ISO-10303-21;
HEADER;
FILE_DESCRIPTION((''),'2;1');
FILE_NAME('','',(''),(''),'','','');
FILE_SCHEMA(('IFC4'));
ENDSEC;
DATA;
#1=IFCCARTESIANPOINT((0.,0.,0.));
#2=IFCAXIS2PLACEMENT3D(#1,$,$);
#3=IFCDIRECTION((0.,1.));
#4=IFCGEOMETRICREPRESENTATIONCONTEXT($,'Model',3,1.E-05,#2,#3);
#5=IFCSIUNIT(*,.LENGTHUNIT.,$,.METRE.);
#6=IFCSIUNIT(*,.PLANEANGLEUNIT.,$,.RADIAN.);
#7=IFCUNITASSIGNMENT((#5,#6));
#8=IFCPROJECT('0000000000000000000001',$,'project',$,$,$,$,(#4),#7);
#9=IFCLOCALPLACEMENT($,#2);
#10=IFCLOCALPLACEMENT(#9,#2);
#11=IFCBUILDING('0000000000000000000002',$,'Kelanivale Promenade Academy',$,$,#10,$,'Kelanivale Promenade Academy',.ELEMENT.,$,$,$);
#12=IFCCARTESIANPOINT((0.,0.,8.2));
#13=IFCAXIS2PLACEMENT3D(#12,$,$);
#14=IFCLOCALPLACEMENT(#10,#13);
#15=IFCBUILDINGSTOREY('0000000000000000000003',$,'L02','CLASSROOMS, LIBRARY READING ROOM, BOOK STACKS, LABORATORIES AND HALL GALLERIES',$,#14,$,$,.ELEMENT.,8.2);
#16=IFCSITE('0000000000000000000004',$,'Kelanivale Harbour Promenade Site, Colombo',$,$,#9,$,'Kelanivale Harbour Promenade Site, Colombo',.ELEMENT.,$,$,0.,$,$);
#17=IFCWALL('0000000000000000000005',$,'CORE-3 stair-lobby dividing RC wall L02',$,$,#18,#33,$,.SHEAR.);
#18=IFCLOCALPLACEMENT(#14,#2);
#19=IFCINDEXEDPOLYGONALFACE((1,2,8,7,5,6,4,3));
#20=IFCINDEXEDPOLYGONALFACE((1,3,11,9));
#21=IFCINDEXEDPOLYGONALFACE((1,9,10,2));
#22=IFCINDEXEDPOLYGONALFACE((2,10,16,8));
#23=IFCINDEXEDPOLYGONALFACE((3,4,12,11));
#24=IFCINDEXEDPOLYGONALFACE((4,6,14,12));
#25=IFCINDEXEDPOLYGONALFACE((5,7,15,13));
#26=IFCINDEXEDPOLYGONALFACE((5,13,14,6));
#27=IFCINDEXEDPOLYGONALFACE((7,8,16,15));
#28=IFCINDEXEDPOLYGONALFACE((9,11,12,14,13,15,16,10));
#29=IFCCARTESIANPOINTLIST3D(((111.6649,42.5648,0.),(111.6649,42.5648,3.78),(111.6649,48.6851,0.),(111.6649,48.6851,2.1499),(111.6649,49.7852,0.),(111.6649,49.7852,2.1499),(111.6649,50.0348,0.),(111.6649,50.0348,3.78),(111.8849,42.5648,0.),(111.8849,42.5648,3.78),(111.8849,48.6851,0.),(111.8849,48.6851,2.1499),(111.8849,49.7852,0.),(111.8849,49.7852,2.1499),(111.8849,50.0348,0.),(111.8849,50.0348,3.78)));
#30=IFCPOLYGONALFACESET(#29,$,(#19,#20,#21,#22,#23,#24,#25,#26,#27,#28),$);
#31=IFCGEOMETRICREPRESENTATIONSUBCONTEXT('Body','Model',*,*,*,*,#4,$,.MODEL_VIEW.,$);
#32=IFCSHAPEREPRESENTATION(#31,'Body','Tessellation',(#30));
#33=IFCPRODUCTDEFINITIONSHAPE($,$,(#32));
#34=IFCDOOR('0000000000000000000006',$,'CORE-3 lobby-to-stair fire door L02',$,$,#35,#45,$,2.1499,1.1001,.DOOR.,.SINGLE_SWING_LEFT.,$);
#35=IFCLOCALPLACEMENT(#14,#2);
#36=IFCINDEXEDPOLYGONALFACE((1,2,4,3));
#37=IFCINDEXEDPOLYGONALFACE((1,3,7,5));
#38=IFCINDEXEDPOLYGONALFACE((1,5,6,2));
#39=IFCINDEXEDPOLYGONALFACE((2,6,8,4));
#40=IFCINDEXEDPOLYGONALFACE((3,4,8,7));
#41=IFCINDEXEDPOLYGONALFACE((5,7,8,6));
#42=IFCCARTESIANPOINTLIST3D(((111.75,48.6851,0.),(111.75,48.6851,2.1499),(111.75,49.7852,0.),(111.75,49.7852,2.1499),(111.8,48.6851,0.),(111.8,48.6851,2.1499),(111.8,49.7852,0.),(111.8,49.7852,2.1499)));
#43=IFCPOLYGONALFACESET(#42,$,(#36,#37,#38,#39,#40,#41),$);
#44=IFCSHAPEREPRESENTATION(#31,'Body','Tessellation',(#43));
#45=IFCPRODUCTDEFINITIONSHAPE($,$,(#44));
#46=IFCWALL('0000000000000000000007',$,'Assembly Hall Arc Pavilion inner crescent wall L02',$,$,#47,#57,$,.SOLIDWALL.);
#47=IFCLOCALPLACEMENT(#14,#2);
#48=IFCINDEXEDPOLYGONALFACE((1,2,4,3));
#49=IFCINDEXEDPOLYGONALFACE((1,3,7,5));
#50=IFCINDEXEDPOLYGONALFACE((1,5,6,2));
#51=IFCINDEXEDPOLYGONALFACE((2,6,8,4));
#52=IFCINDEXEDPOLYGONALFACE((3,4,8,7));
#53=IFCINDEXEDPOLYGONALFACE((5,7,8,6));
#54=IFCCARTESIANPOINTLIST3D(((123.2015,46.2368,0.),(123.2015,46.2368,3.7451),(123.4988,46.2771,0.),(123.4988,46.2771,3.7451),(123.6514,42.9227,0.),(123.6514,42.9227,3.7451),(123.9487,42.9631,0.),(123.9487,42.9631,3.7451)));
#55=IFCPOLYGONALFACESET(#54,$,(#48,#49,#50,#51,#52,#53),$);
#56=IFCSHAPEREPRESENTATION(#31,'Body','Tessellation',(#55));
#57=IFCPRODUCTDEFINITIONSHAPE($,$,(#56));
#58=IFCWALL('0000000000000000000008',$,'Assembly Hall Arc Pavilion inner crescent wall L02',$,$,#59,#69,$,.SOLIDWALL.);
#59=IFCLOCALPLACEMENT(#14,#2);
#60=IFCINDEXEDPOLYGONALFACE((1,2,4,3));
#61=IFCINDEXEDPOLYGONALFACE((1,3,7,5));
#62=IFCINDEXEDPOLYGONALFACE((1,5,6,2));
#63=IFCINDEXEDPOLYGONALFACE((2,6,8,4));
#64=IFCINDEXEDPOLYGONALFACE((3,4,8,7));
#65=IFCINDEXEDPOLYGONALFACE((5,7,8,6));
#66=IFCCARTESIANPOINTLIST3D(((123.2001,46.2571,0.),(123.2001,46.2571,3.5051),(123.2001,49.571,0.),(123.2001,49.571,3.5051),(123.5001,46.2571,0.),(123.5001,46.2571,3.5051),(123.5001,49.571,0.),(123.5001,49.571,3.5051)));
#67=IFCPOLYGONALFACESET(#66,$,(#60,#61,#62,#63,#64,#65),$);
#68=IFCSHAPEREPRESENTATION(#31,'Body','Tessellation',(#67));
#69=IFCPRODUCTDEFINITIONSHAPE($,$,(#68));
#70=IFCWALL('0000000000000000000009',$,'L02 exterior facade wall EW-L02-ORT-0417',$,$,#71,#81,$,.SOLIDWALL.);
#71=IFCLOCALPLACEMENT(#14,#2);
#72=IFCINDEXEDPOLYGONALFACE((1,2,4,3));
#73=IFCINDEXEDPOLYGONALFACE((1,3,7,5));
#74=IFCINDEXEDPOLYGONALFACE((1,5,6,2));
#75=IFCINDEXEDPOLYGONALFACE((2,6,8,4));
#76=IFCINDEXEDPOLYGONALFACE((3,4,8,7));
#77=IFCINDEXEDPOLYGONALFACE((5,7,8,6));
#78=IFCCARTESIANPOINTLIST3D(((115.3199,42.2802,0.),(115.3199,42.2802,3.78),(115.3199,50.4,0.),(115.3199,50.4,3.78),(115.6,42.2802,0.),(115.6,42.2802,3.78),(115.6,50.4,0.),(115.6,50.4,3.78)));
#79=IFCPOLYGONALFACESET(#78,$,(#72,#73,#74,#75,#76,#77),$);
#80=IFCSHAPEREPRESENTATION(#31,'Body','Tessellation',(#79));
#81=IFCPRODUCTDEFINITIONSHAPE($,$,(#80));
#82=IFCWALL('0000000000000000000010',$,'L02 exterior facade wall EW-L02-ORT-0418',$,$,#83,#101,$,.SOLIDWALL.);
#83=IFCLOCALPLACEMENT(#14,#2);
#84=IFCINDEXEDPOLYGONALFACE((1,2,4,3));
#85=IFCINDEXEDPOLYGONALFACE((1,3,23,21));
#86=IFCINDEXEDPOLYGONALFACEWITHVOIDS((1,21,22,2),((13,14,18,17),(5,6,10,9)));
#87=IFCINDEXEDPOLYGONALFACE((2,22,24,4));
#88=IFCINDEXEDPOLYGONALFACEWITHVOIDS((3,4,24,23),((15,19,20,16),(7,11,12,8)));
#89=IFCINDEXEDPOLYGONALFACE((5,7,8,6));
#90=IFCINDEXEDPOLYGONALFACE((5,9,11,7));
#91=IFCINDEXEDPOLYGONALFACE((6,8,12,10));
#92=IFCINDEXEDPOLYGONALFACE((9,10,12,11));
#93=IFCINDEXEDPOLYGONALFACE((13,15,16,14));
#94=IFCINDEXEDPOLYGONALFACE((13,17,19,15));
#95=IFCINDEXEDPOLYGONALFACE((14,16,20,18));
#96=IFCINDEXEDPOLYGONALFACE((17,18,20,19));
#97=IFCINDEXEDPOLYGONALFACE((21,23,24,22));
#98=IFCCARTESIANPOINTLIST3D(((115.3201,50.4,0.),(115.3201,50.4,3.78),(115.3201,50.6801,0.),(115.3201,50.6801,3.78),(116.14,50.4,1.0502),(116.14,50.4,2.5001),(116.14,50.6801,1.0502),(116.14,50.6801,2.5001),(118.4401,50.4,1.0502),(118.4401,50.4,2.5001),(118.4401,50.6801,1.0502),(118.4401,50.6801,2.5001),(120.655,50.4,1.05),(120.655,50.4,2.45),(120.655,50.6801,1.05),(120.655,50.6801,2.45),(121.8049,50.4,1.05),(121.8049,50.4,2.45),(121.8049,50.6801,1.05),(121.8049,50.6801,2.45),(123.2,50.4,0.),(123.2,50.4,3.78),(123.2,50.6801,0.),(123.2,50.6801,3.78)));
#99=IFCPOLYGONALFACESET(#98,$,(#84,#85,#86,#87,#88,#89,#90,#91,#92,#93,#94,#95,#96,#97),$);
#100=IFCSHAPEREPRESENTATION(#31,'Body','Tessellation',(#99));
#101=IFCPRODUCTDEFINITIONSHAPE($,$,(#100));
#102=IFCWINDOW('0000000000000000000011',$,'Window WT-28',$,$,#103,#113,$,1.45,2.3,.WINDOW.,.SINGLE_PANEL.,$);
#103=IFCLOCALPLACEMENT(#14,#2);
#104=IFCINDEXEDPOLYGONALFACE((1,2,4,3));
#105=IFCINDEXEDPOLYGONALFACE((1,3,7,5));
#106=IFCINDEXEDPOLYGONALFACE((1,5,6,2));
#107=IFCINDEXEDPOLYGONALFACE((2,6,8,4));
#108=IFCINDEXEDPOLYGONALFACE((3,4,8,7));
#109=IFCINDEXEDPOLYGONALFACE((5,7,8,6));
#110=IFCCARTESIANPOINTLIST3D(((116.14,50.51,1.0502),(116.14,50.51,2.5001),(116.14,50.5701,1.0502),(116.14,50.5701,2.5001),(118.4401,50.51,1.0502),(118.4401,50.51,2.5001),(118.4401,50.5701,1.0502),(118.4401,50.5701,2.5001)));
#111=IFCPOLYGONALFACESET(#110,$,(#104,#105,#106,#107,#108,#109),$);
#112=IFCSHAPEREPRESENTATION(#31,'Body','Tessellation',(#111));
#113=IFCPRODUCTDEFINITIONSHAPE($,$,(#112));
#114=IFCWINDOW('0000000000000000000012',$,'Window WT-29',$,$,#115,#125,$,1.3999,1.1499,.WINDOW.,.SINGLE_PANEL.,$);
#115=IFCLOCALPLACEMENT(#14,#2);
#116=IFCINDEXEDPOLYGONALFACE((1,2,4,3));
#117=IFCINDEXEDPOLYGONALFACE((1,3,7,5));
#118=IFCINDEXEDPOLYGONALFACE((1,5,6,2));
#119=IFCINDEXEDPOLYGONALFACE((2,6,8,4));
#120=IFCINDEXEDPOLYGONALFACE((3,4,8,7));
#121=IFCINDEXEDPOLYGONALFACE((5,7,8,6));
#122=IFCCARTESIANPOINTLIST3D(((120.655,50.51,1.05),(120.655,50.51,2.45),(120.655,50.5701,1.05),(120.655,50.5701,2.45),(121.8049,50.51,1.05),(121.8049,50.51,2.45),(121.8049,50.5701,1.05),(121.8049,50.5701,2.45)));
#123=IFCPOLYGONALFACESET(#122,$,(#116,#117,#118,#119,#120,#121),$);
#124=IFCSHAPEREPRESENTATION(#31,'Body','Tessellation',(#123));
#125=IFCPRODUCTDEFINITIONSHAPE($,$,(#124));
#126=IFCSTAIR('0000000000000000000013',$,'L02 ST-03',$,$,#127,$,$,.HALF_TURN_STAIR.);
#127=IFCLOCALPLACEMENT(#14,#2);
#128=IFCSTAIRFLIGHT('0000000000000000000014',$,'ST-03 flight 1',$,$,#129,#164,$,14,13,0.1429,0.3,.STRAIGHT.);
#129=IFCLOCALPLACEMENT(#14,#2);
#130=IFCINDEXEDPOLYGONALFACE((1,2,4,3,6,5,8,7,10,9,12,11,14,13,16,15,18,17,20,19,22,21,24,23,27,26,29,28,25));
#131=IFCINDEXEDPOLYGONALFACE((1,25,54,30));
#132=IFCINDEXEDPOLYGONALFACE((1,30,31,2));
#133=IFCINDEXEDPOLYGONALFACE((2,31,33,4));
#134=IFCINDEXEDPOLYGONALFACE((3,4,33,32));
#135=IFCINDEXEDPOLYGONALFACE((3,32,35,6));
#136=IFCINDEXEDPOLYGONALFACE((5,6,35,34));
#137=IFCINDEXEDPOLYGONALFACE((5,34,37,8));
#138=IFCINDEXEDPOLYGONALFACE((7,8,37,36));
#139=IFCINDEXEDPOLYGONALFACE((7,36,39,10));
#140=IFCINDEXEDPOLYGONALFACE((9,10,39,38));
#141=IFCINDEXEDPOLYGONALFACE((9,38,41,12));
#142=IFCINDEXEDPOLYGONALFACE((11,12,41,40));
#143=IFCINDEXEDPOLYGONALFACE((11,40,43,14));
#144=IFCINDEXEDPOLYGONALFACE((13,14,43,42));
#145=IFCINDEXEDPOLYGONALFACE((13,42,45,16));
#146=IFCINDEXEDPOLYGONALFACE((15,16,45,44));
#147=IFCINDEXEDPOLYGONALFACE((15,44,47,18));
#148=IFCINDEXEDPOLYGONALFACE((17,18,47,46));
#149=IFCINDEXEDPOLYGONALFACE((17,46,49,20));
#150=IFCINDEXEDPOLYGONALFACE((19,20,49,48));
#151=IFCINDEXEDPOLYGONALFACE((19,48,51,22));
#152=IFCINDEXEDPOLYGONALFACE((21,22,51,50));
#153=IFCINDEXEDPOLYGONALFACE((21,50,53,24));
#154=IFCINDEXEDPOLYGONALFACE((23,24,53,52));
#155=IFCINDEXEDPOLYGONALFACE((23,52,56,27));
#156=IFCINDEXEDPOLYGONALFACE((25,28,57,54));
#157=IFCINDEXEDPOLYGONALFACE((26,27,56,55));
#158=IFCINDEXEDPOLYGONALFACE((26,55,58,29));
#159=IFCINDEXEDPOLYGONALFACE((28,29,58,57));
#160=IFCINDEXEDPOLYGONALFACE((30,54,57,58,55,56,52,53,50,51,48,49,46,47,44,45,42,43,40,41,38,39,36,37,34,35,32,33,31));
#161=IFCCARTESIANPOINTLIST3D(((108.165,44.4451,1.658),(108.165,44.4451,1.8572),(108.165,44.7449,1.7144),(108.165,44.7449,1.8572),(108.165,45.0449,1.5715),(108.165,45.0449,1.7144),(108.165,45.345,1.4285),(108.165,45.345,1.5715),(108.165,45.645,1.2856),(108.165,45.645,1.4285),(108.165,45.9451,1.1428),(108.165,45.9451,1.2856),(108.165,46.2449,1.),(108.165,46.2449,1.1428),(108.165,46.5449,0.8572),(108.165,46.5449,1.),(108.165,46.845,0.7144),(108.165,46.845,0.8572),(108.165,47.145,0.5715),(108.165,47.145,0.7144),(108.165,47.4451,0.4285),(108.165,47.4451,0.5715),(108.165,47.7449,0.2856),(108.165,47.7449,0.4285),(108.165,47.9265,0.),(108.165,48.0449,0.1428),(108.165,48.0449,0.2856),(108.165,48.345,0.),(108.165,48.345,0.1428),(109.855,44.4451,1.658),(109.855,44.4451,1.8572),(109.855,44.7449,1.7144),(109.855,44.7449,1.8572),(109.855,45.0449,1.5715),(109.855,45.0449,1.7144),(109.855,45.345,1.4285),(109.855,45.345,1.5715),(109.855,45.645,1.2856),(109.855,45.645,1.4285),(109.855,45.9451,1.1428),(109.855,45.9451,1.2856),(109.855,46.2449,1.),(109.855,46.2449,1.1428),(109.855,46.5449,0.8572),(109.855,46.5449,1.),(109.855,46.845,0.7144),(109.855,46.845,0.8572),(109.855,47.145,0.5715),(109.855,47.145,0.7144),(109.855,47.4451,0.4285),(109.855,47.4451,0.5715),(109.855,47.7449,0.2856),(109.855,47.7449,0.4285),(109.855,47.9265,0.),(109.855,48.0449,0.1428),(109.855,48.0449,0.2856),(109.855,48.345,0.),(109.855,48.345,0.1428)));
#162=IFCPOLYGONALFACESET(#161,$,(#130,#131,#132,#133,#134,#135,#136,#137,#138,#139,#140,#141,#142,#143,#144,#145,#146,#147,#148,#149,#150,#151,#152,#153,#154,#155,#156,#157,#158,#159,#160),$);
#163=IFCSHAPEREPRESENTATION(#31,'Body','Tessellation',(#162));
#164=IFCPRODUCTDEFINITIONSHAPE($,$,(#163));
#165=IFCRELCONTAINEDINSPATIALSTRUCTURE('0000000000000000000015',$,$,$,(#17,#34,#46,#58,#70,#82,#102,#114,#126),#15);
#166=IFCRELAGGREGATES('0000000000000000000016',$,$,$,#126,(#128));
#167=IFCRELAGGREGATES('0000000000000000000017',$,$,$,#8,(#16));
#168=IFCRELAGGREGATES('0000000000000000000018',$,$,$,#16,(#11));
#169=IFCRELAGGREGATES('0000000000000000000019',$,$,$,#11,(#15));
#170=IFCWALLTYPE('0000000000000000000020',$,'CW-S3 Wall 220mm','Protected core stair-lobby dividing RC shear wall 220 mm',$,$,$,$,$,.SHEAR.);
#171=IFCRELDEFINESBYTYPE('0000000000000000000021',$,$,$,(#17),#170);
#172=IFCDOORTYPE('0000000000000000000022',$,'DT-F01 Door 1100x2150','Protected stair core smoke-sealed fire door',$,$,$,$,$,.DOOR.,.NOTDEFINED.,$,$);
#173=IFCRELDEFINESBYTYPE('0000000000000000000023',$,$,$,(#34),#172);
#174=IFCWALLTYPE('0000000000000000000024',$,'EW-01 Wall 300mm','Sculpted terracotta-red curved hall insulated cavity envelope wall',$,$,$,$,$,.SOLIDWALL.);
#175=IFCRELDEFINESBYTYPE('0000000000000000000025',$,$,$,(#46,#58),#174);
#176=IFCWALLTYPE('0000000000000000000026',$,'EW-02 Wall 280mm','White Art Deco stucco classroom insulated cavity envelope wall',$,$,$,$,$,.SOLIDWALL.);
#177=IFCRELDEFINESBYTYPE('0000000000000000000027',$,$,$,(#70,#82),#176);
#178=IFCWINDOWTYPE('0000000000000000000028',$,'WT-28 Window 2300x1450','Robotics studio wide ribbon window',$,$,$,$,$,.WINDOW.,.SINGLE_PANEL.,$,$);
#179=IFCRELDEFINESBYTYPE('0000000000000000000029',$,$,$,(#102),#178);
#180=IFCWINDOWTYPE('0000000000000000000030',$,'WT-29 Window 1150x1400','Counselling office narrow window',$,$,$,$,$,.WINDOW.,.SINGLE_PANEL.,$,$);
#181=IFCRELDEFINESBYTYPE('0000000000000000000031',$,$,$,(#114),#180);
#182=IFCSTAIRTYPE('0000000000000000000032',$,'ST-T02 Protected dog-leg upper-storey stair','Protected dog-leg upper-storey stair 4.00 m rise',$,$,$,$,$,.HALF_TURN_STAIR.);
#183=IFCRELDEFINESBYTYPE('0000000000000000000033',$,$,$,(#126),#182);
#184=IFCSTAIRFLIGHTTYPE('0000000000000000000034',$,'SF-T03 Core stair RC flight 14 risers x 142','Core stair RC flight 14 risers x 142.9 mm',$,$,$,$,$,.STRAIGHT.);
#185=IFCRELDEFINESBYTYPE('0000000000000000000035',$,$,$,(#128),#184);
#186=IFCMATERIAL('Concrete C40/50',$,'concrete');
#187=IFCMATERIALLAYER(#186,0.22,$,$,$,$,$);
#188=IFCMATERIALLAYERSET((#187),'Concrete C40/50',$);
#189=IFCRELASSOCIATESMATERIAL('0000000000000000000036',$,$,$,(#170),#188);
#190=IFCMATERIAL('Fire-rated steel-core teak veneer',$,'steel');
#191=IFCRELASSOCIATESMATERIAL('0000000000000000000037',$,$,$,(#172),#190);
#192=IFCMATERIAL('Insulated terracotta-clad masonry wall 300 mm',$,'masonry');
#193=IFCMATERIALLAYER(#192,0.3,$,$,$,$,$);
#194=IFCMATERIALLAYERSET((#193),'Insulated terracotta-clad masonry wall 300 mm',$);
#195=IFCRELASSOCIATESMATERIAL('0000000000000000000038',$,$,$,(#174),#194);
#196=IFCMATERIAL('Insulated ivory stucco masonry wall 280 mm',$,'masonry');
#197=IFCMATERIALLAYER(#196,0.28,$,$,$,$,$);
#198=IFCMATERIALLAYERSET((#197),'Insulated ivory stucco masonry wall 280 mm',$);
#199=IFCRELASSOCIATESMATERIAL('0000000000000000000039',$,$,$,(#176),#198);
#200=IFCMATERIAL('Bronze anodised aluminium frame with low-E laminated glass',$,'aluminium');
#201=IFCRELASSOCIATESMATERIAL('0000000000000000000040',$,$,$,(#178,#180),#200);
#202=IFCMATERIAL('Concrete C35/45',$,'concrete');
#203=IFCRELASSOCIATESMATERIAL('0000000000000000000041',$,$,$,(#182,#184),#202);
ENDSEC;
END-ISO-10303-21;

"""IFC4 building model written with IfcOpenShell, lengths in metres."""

from ifc_helpers import new_model, si_unit, direction, frame, frame_2d, origin, place, context, subcontext, project, spatial, polyline, rectangle, outline, extrude, material, layer, layer_set, type_object, element, fill, aggregate, save


model = new_model("IFC4")

# Units and contexts
model_context = context("Model", 3, precision=1e-05, world=origin(), true_north=direction((0.0, 1.0)))
body_context = subcontext(model_context, "Body", "Model", "MODEL_VIEW")
ifc_project = project(units=[si_unit("LENGTHUNIT", "METRE"), si_unit("PLANEANGLEUNIT", "RADIAN")], contexts=[model_context])

# Site, building, storey
site_placement = place(None, origin())
site = spatial("IfcSite", under=ifc_project, at=site_placement, Name="Kelanivale Harbour Promenade Site, Colombo", LongName="Kelanivale Harbour Promenade Site, Colombo", CompositionType="ELEMENT", RefElevation=0.0)
building_placement = place(site_placement, origin())
building = spatial("IfcBuilding", under=site, at=building_placement, Name="Kelanivale Promenade Academy", LongName="Kelanivale Promenade Academy", CompositionType="ELEMENT")
storey_placement = place(building_placement, frame((0.0, 0.0, 8.2)))
storey = spatial("IfcBuildingStorey", under=building, at=storey_placement, Name="L02", Description="CLASSROOMS, LIBRARY READING ROOM, BOOK STACKS, LABORATORIES AND HALL GALLERIES", CompositionType="ELEMENT", Elevation=8.2)

# Shared definitions
ifc_material_1 = material(Name="Concrete C40/50", Category="concrete")

# Wall, opening, door
ifc_material_2 = material(Name="Fire-rated steel-core teak veneer", Category="steel")
ifc_layer_1 = layer(ifc_material_1, 0.22)
ifc_layer_set_1 = layer_set([ifc_layer_1], Name="Concrete C40/50")
wall_type_1 = type_object("IfcWallType", Name="CW-S3 Wall 220mm", Description="Protected core stair-lobby dividing RC shear wall 220 mm", PredefinedType="SHEAR", material=ifc_layer_set_1)
wall_1_placement = place(storey_placement, frame((111.7749, 42.5649, 0.0), z_axis=(0.0, 0.0, 1.0), x_axis=(0.0, 1.0, 0.0)))
wall_1 = element("IfcWall", 1, at=wall_1_placement, inside=storey, type_object=wall_type_1, Name="CORE-3 stair-lobby dividing RC wall L02", PredefinedType="SHEAR", context=body_context, shape_type="SweptSolid", body=[
    extrude(rectangle(XDim=7.47, YDim=0.22, at=frame_2d((3.7349, 0.0))), origin(), (0.0, 0.0, 1.0), 3.78),
])
opening_1_placement = place(wall_1_placement, frame((6.1201, 0.0, 0.0)))
opening_1 = element("IfcOpeningElement", 2, at=opening_1_placement, cuts=wall_1, PredefinedType="OPENING", context=body_context, shape_type="SweptSolid", body=[
    extrude(rectangle(XDim=1.1001, YDim=2.1499, at=frame_2d((0.55, 1.075))), frame((0.0, 0.1201, 0.0), z_axis=(0.0, -1.0, 0.0), x_axis=(1.0, 0.0, 0.0)), (0.0, 0.0, 1.0), 0.24),
])
door_type_1 = type_object("IfcDoorType", Name="DT-F01 Door 1100x2150", Description="Protected stair core smoke-sealed fire door", OperationType="NOTDEFINED", PredefinedType="DOOR", material=ifc_material_2)
door_1_placement = place(opening_1_placement, origin())
door_1 = element("IfcDoor", 3, at=door_1_placement, inside=storey, type_object=door_type_1, Name="CORE-3 lobby-to-stair fire door L02", OperationType="SINGLE_SWING_LEFT", OverallHeight=2.1499, OverallWidth=1.1001, PredefinedType="DOOR", context=body_context, shape_type="SweptSolid", body=[
    extrude(rectangle(XDim=1.1001, YDim=2.1499, at=frame_2d((0.55, 1.075))), frame((0.0, 0.0249, 0.0), z_axis=(0.0, -1.0, 0.0), x_axis=(1.0, 0.0, 0.0)), (0.0, 0.0, 1.0), 0.05),
])
fill(opening_1, door_1)

# Walls
ifc_material_3 = material(Name="Insulated terracotta-clad masonry wall 300 mm", Category="masonry")
ifc_layer_2 = layer(ifc_material_3, 0.3)
ifc_layer_set_2 = layer_set([ifc_layer_2], Name="Insulated terracotta-clad masonry wall 300 mm")
wall_type_2 = type_object("IfcWallType", Name="EW-01 Wall 300mm", Description="Sculpted terracotta-red curved hall insulated cavity envelope wall", PredefinedType="SOLIDWALL", material=ifc_layer_set_2)
wall_2_placement = place(storey_placement, frame((123.3501, 46.2571, 0.0), z_axis=(0.0, 0.0, 1.0), x_axis=(0.13454, -0.990908, 0.0)))
element("IfcWall", 4, at=wall_2_placement, inside=storey, type_object=wall_type_2, Name="Assembly Hall Arc Pavilion inner crescent wall L02", PredefinedType="SOLIDWALL", context=body_context, shape_type="SweptSolid", body=[
    extrude(rectangle(XDim=3.3445, YDim=0.3, at=frame_2d((1.6724, 0.0))), origin(), (0.0, 0.0, 1.0), 3.7451),
])
wall_3_placement = place(storey_placement, frame((123.3501, 49.571, 0.0), z_axis=(0.0, 0.0, 1.0), x_axis=(0.0, -1.0, 0.0)))
element("IfcWall", 5, at=wall_3_placement, inside=storey, type_object=wall_type_2, Name="Assembly Hall Arc Pavilion inner crescent wall L02", PredefinedType="SOLIDWALL", context=body_context, shape_type="SweptSolid", body=[
    extrude(rectangle(XDim=3.314, YDim=0.3, at=frame_2d((1.657, 0.0))), origin(), (0.0, 0.0, 1.0), 3.5051),
])
ifc_material_4 = material(Name="Insulated ivory stucco masonry wall 280 mm", Category="masonry")
ifc_layer_3 = layer(ifc_material_4, 0.28)
ifc_layer_set_3 = layer_set([ifc_layer_3], Name="Insulated ivory stucco masonry wall 280 mm")
wall_type_3 = type_object("IfcWallType", Name="EW-02 Wall 280mm", Description="White Art Deco stucco classroom insulated cavity envelope wall", PredefinedType="SOLIDWALL", material=ifc_layer_set_3)
wall_4_placement = place(storey_placement, frame((115.46, 42.28, 0.0), z_axis=(0.0, 0.0, 1.0), x_axis=(0.0, 1.0, 0.0)))
element("IfcWall", 6, at=wall_4_placement, inside=storey, type_object=wall_type_3, Name="L02 exterior facade wall EW-L02-ORT-0417", PredefinedType="SOLIDWALL", context=body_context, shape_type="SweptSolid", body=[
    extrude(rectangle(XDim=8.1199, YDim=0.28, at=frame_2d((4.0601, 0.0))), origin(), (0.0, 0.0, 1.0), 3.78),
])

# Wall, openings, windows
wall_5_placement = place(storey_placement, frame((115.3201, 50.54, 0.0), z_axis=(0.0, 0.0, 1.0), x_axis=(1.0, 0.0, 0.0)))
wall_5 = element("IfcWall", 7, at=wall_5_placement, inside=storey, type_object=wall_type_3, Name="L02 exterior facade wall EW-L02-ORT-0418", PredefinedType="SOLIDWALL", context=body_context, shape_type="SweptSolid", body=[
    extrude(rectangle(XDim=7.8799, YDim=0.28, at=frame_2d((3.9399, 0.0))), origin(), (0.0, 0.0, 1.0), 3.78),
])
opening_2_placement = place(wall_5_placement, frame((0.8201, 0.0, 1.05)))
opening_2 = element("IfcOpeningElement", 8, at=opening_2_placement, cuts=wall_5, PredefinedType="OPENING", context=body_context, shape_type="SweptSolid", body=[
    extrude(rectangle(XDim=2.3, YDim=1.45, at=frame_2d((1.1499, 0.7251))), frame((0.0, 0.1499, 0.0), z_axis=(0.0, -1.0, 0.0), x_axis=(1.0, 0.0, 0.0)), (0.0, 0.0, 1.0), 0.3),
])
opening_3_placement = place(wall_5_placement, frame((5.335, 0.0, 1.05)))
opening_3 = element("IfcOpeningElement", 9, at=opening_3_placement, cuts=wall_5, PredefinedType="OPENING", context=body_context, shape_type="SweptSolid", body=[
    extrude(rectangle(XDim=1.1499, YDim=1.3999, at=frame_2d((0.575, 0.7))), frame((0.0, 0.1499, 0.0), z_axis=(0.0, -1.0, 0.0), x_axis=(1.0, 0.0, 0.0)), (0.0, 0.0, 1.0), 0.3),
])
ifc_material_5 = material(Name="Bronze anodised aluminium frame with low-E laminated glass", Category="aluminium")
window_type_1 = type_object("IfcWindowType", Name="WT-28 Window 2300x1450", Description="Robotics studio wide ribbon window", PartitioningType="SINGLE_PANEL", PredefinedType="WINDOW", material=ifc_material_5)
window_1_placement = place(opening_2_placement, origin())
window_1 = element("IfcWindow", 10, at=window_1_placement, inside=storey, type_object=window_type_1, Name="Window WT-28", OverallHeight=1.45, OverallWidth=2.3, PartitioningType="SINGLE_PANEL", PredefinedType="WINDOW", context=body_context, shape_type="SweptSolid", body=[
    extrude(rectangle(XDim=2.3, YDim=1.45, at=frame_2d((1.1499, 0.7251))), frame((0.0, 0.03, 0.0), z_axis=(0.0, -1.0, 0.0), x_axis=(1.0, 0.0, 0.0)), (0.0, 0.0, 1.0), 0.0601),
])
fill(opening_2, window_1)
window_type_2 = type_object("IfcWindowType", Name="WT-29 Window 1150x1400", Description="Counselling office narrow window", PartitioningType="SINGLE_PANEL", PredefinedType="WINDOW", material=ifc_material_5)
window_2_placement = place(opening_3_placement, origin())
window_2 = element("IfcWindow", 11, at=window_2_placement, inside=storey, type_object=window_type_2, Name="Window WT-29", OverallHeight=1.3999, OverallWidth=1.1499, PartitioningType="SINGLE_PANEL", PredefinedType="WINDOW", context=body_context, shape_type="SweptSolid", body=[
    extrude(rectangle(XDim=1.1499, YDim=1.3999, at=frame_2d((0.575, 0.7))), frame((0.0, 0.03, 0.0), z_axis=(0.0, -1.0, 0.0), x_axis=(1.0, 0.0, 0.0)), (0.0, 0.0, 1.0), 0.0601),
])
fill(opening_3, window_2)

# Stair, stair flight
ifc_material_6 = material(Name="Concrete C35/45", Category="concrete")
stair_type = type_object("IfcStairType", Name="ST-T02 Protected dog-leg upper-storey stair", Description="Protected dog-leg upper-storey stair 4.00 m rise", PredefinedType="HALF_TURN_STAIR", material=ifc_material_6)
stair_placement = place(storey_placement, origin())
stair = element("IfcStair", 12, at=stair_placement, inside=storey, type_object=stair_type, Name="L02 ST-03", PredefinedType="HALF_TURN_STAIR")
stair_flight_type_1 = type_object("IfcStairFlightType", Name="SF-T03 Core stair RC flight 14 risers x 142", Description="Core stair RC flight 14 risers x 142.9 mm", PredefinedType="STRAIGHT", material=ifc_material_6)
stair_flight_1_placement = place(storey_placement, frame((109.01, 48.345, 0.0), z_axis=(0.0, 0.0, 1.0), x_axis=(0.0, -1.0, 0.0)))
stair_flight_1 = element("IfcStairFlight", 13, at=stair_flight_1_placement, type_object=stair_flight_type_1, Name="ST-03 flight 1", NumberOfRisers=14, NumberOfTreads=13, PredefinedType="STRAIGHT", RiserHeight=0.1429, TreadLength=0.3, context=body_context, shape_type="SweptSolid", body=[
    extrude(outline(polyline([(0.0, 0.0), (0.0, 0.1428), (0.3, 0.1428), (0.3, 0.2856), (0.6001, 0.2856), (0.6001, 0.4285), (0.8999, 0.4285), (0.8999, 0.5715), (1.2, 0.5715), (1.2, 0.7144), (1.5, 0.7144), (1.5, 0.8572), (1.8, 0.8572), (1.8, 1.0), (2.1001, 1.0), (2.1001, 1.1428), (2.3999, 1.1428), (2.3999, 1.2856), (2.7, 1.2856), (2.7, 1.4285), (3.0, 1.4285), (3.0, 1.5715), (3.3, 1.5715), (3.3, 1.7144), (3.6001, 1.7144), (3.6001, 1.8572), (3.8999, 1.8572), (3.8999, 2.0), (3.8999, 1.658), (0.4185, 0.0), (0.0, 0.0)])), frame((0.0, 0.845, 0.0), z_axis=(0.0, -1.0, 0.0), x_axis=(1.0, 0.0, 0.0)), (0.0, 0.0, 1.0), 1.6899),
])
aggregate(stair, [stair_flight_1])

save(model, "model.ifc")
